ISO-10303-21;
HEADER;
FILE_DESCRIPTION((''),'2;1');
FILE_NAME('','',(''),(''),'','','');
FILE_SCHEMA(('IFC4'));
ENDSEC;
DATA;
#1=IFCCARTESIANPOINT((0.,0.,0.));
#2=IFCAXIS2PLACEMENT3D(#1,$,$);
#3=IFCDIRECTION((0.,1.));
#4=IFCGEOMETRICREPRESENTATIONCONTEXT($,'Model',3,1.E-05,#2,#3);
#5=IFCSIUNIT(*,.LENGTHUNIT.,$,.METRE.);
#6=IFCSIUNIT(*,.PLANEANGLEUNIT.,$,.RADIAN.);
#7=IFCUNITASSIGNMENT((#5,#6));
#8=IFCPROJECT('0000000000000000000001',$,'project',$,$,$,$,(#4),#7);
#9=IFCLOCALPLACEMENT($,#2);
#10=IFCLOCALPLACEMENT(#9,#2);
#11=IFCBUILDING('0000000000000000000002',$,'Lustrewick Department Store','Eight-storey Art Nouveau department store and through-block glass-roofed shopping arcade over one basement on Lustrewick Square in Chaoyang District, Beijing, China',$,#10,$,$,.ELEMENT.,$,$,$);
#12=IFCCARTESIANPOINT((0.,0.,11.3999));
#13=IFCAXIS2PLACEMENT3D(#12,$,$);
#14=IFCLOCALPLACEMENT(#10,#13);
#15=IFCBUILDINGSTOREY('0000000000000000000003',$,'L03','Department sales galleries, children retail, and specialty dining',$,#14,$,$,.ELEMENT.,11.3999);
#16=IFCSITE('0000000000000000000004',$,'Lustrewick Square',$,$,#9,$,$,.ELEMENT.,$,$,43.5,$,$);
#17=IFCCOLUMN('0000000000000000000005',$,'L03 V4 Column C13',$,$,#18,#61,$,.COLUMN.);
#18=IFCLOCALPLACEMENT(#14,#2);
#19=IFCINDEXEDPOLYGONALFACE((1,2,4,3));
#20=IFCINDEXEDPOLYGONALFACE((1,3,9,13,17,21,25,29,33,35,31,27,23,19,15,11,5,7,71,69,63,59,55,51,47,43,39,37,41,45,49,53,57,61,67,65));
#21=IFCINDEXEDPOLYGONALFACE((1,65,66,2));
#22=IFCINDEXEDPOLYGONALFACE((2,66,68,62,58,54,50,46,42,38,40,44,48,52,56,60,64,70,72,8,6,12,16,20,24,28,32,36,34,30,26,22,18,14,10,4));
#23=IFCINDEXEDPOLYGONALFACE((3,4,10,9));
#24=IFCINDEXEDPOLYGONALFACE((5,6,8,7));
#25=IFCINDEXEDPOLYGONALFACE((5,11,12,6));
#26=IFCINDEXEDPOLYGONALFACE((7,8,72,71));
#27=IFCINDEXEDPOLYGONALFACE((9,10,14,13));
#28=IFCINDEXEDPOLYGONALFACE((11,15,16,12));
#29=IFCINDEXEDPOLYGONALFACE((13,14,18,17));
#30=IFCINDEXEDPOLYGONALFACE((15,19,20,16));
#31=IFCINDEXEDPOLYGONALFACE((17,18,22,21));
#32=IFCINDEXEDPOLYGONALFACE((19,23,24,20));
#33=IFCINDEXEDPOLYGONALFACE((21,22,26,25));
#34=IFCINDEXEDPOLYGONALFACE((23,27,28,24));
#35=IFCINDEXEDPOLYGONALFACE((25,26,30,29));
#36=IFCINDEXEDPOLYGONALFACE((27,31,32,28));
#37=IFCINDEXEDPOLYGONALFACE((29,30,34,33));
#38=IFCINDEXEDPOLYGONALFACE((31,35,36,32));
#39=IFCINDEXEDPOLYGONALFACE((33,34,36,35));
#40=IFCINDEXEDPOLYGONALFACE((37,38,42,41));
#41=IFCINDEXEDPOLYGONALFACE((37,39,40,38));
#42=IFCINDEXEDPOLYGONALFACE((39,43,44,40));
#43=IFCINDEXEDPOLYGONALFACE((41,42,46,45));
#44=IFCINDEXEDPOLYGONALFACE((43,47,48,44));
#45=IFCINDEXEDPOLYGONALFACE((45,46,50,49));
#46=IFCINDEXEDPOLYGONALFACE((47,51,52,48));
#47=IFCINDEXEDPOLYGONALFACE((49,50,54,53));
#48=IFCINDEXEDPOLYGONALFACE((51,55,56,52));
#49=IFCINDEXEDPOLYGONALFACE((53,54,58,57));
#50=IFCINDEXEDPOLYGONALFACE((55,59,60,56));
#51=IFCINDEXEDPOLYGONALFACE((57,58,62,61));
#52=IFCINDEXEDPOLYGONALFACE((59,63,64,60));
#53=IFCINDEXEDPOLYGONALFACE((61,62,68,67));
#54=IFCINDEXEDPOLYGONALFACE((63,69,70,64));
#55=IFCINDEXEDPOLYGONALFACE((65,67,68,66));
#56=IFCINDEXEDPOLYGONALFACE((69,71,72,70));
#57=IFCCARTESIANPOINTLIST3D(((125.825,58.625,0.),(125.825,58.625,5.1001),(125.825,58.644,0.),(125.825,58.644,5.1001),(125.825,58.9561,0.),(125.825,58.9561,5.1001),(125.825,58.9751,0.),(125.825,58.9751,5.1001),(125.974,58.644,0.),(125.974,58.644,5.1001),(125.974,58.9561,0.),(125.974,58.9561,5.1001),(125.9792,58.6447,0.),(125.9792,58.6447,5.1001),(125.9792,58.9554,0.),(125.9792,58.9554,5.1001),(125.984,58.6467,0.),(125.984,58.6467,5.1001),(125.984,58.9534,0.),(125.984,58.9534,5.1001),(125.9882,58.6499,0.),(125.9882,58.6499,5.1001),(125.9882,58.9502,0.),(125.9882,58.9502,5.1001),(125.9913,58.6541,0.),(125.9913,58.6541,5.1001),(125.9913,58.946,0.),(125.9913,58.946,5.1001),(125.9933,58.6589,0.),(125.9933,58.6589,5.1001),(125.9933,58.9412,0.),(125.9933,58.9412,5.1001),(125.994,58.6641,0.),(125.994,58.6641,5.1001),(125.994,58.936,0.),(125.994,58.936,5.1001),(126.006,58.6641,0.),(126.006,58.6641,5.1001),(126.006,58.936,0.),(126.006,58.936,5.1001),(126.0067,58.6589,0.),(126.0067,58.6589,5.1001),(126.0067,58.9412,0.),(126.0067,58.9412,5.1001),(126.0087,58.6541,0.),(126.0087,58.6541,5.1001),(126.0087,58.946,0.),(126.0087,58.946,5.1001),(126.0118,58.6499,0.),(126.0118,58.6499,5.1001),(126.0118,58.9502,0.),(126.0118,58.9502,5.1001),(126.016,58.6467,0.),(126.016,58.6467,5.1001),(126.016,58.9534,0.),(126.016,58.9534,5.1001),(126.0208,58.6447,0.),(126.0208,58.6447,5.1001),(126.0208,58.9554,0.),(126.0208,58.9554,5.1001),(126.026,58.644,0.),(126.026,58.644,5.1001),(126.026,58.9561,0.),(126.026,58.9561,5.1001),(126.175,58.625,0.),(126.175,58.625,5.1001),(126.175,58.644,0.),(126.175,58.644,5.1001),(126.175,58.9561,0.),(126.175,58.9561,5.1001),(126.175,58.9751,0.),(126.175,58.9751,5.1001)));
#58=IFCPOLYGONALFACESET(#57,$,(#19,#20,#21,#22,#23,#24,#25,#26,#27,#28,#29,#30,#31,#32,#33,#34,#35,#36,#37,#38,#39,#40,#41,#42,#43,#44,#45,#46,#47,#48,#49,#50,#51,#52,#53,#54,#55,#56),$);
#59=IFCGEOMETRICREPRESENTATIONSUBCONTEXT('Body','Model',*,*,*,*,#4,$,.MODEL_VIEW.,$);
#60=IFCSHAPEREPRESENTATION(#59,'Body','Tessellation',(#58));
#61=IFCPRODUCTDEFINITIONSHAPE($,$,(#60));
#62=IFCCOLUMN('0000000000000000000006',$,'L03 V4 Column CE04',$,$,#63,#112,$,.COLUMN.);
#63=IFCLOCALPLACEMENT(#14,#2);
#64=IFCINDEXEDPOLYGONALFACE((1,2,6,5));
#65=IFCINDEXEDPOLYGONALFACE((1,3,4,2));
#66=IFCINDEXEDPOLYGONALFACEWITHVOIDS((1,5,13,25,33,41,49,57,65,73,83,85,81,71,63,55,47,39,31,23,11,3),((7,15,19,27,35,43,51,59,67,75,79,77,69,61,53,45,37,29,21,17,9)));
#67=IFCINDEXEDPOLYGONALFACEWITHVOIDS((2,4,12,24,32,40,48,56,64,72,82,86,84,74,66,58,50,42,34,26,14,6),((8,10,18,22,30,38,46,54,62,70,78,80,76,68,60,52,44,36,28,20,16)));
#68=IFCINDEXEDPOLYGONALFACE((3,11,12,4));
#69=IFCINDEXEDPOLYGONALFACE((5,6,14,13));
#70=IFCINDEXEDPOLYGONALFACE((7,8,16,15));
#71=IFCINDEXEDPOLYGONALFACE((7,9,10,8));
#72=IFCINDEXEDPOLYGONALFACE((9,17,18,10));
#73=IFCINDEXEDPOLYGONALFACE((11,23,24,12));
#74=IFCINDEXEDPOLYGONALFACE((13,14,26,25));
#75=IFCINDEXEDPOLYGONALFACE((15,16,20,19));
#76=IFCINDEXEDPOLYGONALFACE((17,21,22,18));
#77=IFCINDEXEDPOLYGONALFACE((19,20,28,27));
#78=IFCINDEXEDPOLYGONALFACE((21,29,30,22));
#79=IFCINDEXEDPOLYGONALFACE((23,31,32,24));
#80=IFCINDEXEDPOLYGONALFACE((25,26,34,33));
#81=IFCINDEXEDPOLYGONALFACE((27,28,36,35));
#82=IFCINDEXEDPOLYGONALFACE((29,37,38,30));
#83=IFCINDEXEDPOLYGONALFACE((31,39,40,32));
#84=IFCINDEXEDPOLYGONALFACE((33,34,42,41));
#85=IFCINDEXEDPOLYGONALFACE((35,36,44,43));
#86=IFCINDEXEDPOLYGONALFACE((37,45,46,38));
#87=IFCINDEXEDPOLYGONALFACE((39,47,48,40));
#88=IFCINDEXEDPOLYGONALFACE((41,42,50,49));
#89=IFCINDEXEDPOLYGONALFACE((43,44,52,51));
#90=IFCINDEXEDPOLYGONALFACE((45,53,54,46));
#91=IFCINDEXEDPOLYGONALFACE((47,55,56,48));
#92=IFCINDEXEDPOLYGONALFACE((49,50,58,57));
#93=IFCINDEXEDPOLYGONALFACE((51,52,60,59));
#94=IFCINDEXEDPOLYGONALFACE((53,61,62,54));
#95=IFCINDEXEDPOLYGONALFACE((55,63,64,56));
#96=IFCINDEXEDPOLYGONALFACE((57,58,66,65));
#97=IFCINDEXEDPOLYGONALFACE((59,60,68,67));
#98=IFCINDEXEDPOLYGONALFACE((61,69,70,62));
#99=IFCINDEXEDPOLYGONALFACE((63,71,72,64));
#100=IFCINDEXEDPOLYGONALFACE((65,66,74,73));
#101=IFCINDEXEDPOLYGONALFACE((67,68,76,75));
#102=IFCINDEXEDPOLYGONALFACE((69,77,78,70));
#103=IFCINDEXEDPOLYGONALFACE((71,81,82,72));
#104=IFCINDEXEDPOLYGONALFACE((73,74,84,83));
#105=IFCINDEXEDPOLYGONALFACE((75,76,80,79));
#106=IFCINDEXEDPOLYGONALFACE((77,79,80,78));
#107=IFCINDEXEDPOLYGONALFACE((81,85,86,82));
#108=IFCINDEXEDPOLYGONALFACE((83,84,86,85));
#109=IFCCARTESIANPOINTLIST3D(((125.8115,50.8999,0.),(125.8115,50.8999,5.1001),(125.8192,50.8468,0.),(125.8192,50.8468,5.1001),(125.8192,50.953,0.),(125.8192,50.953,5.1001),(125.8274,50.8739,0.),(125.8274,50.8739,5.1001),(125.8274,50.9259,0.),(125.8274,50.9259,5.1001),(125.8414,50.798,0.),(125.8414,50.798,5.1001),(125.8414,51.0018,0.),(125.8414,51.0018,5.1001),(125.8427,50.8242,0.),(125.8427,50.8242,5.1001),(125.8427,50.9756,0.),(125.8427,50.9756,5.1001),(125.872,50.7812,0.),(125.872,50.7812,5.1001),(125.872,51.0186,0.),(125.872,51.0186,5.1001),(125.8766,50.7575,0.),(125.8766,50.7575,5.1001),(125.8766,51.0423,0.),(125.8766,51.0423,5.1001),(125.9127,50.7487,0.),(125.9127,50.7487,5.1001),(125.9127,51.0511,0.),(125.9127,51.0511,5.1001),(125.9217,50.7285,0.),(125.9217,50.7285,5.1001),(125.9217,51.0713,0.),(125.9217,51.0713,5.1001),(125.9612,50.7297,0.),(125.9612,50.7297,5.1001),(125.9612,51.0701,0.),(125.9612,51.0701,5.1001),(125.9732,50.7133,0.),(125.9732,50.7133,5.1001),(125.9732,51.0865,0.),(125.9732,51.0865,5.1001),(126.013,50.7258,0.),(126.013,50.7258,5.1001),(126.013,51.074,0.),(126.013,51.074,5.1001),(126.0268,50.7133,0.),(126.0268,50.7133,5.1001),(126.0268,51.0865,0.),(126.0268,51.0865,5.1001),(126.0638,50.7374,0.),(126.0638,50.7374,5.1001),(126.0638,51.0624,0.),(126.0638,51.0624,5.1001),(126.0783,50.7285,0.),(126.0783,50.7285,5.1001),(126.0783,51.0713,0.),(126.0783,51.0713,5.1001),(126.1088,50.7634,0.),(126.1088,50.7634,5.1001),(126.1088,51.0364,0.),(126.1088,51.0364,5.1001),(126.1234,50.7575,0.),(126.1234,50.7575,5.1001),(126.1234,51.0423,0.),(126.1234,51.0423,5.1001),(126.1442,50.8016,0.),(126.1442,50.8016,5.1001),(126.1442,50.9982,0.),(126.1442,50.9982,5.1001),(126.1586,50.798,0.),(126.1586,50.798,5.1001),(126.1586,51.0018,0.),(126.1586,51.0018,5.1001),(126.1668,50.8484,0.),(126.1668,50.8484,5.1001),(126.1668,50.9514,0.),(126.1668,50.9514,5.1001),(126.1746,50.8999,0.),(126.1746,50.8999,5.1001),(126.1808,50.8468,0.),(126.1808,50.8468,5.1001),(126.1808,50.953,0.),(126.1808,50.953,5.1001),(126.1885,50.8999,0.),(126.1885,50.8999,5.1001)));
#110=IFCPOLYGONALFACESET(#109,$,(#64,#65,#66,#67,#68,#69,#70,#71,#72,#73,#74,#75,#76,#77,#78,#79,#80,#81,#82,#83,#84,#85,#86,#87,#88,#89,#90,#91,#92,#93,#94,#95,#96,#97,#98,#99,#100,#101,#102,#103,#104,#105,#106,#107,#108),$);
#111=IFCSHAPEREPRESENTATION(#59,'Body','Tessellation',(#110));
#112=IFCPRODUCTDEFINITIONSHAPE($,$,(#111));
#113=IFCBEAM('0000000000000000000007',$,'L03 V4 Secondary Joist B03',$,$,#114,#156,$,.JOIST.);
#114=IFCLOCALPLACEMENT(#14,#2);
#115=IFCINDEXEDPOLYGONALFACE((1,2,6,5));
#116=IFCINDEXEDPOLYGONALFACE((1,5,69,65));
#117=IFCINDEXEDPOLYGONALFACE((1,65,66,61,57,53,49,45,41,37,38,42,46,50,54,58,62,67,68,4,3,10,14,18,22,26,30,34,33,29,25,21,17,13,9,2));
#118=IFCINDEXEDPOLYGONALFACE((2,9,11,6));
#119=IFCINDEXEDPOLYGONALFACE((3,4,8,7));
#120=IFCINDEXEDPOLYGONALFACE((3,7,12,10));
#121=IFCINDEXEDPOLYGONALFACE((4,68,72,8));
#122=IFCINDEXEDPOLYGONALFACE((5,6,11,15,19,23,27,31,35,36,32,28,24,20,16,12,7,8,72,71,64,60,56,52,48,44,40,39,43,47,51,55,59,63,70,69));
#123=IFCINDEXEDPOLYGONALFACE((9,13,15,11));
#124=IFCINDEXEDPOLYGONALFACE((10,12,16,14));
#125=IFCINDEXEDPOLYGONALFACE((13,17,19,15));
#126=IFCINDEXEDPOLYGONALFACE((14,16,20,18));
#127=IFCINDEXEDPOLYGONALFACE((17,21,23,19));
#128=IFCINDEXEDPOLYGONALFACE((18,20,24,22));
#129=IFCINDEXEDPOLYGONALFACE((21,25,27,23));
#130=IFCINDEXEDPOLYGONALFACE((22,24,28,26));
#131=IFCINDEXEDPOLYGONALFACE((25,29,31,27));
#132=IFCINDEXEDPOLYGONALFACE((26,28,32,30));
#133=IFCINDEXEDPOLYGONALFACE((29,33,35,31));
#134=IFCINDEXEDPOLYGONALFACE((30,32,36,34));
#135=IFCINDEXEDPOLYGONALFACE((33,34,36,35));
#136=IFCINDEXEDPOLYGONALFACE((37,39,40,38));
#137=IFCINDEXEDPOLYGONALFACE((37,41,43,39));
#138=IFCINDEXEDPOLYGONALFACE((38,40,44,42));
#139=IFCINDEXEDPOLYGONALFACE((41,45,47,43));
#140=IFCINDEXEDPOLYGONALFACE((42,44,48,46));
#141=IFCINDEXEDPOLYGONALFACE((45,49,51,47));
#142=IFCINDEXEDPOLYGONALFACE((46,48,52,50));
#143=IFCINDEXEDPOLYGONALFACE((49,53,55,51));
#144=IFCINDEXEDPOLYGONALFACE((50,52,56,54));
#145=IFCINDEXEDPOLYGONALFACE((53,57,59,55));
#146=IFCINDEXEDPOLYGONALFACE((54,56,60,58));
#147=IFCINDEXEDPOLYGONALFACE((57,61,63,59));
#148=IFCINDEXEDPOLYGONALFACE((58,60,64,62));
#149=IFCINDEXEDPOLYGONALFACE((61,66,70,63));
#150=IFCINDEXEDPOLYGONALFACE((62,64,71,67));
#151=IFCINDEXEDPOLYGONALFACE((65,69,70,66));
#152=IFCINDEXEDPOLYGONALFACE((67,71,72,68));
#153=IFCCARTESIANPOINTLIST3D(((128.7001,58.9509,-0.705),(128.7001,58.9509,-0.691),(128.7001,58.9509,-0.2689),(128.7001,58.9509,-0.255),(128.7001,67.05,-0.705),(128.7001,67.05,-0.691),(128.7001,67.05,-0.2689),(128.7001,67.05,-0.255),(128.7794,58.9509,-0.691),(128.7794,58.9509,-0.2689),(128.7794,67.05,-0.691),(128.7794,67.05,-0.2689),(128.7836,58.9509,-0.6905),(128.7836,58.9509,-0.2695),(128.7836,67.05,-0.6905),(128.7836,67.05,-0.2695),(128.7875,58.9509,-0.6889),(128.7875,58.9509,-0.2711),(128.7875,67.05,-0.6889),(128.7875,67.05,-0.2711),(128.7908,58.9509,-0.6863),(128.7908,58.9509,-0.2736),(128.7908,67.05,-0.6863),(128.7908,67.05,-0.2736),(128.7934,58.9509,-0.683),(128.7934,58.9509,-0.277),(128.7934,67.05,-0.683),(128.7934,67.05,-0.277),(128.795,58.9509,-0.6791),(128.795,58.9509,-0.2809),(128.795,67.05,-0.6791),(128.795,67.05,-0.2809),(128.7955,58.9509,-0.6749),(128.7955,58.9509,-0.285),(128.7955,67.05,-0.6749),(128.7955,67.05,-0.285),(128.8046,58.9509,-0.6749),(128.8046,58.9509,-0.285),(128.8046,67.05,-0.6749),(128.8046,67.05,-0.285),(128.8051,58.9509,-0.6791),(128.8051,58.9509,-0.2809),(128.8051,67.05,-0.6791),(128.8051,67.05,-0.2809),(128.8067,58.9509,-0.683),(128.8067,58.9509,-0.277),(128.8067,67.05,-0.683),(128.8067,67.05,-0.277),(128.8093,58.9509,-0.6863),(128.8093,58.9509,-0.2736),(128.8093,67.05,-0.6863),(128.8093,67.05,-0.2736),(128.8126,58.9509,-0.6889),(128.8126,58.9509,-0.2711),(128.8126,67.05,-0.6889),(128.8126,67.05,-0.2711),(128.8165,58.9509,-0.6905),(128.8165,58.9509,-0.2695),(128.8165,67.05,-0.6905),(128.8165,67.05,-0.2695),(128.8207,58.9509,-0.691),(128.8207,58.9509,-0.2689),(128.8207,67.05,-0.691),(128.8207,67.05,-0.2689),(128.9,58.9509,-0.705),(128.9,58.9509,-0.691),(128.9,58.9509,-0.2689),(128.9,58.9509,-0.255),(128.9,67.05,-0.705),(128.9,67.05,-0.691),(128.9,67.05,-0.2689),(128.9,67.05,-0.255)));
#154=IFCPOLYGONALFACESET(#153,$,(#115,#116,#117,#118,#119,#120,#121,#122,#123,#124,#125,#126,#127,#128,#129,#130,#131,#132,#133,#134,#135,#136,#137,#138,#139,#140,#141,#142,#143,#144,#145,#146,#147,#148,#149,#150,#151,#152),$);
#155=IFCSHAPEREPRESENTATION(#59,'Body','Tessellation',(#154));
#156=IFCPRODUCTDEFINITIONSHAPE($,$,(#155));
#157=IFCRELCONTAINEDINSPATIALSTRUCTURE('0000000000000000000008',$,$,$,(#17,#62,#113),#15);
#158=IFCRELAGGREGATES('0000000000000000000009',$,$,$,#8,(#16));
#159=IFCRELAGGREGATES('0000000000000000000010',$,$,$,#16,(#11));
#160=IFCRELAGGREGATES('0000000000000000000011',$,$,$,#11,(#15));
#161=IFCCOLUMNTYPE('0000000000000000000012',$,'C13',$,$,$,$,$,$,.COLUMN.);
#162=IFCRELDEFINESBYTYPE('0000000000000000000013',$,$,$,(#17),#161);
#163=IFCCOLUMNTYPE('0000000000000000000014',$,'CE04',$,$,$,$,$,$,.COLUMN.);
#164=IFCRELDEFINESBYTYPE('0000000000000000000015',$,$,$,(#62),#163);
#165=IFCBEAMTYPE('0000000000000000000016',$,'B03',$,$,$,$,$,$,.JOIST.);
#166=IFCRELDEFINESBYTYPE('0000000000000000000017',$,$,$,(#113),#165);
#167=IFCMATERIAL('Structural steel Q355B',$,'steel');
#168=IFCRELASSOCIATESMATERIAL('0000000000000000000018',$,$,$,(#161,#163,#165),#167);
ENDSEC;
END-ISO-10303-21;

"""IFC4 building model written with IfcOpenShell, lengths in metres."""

from ifc_helpers import new_model, si_unit, direction, frame, origin, origin_2d, place, context, subcontext, project, spatial, hollow_circle, i_section, extrude, material, material_profile, profile_set, type_object, element, save


model = new_model("IFC4")

# Units and contexts
model_context = context("Model", 3, precision=1e-05, world=origin(), true_north=direction((0.0, 1.0)))
body_context = subcontext(model_context, "Body", "Model", "MODEL_VIEW")
ifc_project = project(units=[si_unit("LENGTHUNIT", "METRE"), si_unit("PLANEANGLEUNIT", "RADIAN")], contexts=[model_context])

# Site, building, storey
site_placement = place(None, origin())
site = spatial("IfcSite", under=ifc_project, at=site_placement, Name="Lustrewick Square", CompositionType="ELEMENT", RefElevation=43.5)
building_placement = place(site_placement, origin())
building = spatial("IfcBuilding", under=site, at=building_placement, Name="Lustrewick Department Store", Description="Eight-storey Art Nouveau department store and through-block glass-roofed shopping arcade over one basement on Lustrewick Square in Chaoyang District, Beijing, China", CompositionType="ELEMENT")
storey_placement = place(building_placement, frame((0.0, 0.0, 11.3999)))
storey = spatial("IfcBuildingStorey", under=building, at=storey_placement, Name="L03", Description="Department sales galleries, children retail, and specialty dining", CompositionType="ELEMENT", Elevation=11.3999)

# Columns
ifc_material_1 = material(Name="Structural steel Q355B", Category="steel")
ifc_material_profile_1 = material_profile(ifc_material_1, i_section(OverallWidth=0.3501, OverallDepth=0.3501, WebThickness=0.012, FlangeThickness=0.019, FilletRadius=0.02, at=origin_2d()), Name="HW 350x350x12x19")
ifc_profile_set_1 = profile_set([ifc_material_profile_1], Name="Structural steel Q355B")
column_type_1 = type_object("IfcColumnType", Name="C13", PredefinedType="COLUMN", material=ifc_profile_set_1)
column_1_placement = place(storey_placement, frame((126.0, 58.8, 0.0), z_axis=(0.0, 0.0, 1.0), x_axis=(1.0, 0.0, 0.0)))
element("IfcColumn", 1, at=column_1_placement, inside=storey, type_object=column_type_1, Name="L03 V4 Column C13", PredefinedType="COLUMN", context=body_context, shape_type="SweptSolid", body=[
    extrude(i_section(OverallWidth=0.3501, OverallDepth=0.3501, WebThickness=0.012, FlangeThickness=0.019, FilletRadius=0.02, at=origin_2d()), origin(), (0.0, 0.0, 1.0), 5.1001),
])
ifc_material_profile_2 = material_profile(ifc_material_1, hollow_circle(Radius=0.1885, WallThickness=0.0139, at=origin_2d()), Name="CHS 377x14")
ifc_profile_set_2 = profile_set([ifc_material_profile_2], Name="Structural steel Q355B")
column_type_2 = type_object("IfcColumnType", Name="CE04", PredefinedType="COLUMN", material=ifc_profile_set_2)
column_2_placement = place(storey_placement, frame((126.0, 50.8999, 0.0), z_axis=(0.0, 0.0, 1.0), x_axis=(1.0, 0.0, 0.0)))
element("IfcColumn", 2, at=column_2_placement, inside=storey, type_object=column_type_2, Name="L03 V4 Column CE04", PredefinedType="COLUMN", context=body_context, shape_type="SweptSolid", body=[
    extrude(hollow_circle(Radius=0.1885, WallThickness=0.0139, at=origin_2d()), origin(), (0.0, 0.0, 1.0), 5.1001),
])

# Beam
ifc_material_profile_3 = material_profile(ifc_material_1, i_section(OverallWidth=0.2, OverallDepth=0.45, WebThickness=0.009, FlangeThickness=0.0139, FilletRadius=0.0161, at=origin_2d()), Name="HN 450x200x9x14")
ifc_profile_set_3 = profile_set([ifc_material_profile_3], Name="Structural steel Q355B")
beam_type_1 = type_object("IfcBeamType", Name="B03", PredefinedType="JOIST", material=ifc_profile_set_3)
beam_1_placement = place(storey_placement, frame((128.8, 58.9509, -0.48), z_axis=(0.0, 1.0, 0.0), x_axis=(-1.0, 0.0, 0.0)))
element("IfcBeam", 3, at=beam_1_placement, inside=storey, type_object=beam_type_1, Name="L03 V4 Secondary Joist B03", PredefinedType="JOIST", context=body_context, shape_type="SweptSolid", body=[
    extrude(i_section(OverallWidth=0.2, OverallDepth=0.45, WebThickness=0.009, FlangeThickness=0.0139, FilletRadius=0.0161, at=origin_2d()), origin(), (0.0, 0.0, 1.0), 8.0991),
])

save(model, "model.ifc")
